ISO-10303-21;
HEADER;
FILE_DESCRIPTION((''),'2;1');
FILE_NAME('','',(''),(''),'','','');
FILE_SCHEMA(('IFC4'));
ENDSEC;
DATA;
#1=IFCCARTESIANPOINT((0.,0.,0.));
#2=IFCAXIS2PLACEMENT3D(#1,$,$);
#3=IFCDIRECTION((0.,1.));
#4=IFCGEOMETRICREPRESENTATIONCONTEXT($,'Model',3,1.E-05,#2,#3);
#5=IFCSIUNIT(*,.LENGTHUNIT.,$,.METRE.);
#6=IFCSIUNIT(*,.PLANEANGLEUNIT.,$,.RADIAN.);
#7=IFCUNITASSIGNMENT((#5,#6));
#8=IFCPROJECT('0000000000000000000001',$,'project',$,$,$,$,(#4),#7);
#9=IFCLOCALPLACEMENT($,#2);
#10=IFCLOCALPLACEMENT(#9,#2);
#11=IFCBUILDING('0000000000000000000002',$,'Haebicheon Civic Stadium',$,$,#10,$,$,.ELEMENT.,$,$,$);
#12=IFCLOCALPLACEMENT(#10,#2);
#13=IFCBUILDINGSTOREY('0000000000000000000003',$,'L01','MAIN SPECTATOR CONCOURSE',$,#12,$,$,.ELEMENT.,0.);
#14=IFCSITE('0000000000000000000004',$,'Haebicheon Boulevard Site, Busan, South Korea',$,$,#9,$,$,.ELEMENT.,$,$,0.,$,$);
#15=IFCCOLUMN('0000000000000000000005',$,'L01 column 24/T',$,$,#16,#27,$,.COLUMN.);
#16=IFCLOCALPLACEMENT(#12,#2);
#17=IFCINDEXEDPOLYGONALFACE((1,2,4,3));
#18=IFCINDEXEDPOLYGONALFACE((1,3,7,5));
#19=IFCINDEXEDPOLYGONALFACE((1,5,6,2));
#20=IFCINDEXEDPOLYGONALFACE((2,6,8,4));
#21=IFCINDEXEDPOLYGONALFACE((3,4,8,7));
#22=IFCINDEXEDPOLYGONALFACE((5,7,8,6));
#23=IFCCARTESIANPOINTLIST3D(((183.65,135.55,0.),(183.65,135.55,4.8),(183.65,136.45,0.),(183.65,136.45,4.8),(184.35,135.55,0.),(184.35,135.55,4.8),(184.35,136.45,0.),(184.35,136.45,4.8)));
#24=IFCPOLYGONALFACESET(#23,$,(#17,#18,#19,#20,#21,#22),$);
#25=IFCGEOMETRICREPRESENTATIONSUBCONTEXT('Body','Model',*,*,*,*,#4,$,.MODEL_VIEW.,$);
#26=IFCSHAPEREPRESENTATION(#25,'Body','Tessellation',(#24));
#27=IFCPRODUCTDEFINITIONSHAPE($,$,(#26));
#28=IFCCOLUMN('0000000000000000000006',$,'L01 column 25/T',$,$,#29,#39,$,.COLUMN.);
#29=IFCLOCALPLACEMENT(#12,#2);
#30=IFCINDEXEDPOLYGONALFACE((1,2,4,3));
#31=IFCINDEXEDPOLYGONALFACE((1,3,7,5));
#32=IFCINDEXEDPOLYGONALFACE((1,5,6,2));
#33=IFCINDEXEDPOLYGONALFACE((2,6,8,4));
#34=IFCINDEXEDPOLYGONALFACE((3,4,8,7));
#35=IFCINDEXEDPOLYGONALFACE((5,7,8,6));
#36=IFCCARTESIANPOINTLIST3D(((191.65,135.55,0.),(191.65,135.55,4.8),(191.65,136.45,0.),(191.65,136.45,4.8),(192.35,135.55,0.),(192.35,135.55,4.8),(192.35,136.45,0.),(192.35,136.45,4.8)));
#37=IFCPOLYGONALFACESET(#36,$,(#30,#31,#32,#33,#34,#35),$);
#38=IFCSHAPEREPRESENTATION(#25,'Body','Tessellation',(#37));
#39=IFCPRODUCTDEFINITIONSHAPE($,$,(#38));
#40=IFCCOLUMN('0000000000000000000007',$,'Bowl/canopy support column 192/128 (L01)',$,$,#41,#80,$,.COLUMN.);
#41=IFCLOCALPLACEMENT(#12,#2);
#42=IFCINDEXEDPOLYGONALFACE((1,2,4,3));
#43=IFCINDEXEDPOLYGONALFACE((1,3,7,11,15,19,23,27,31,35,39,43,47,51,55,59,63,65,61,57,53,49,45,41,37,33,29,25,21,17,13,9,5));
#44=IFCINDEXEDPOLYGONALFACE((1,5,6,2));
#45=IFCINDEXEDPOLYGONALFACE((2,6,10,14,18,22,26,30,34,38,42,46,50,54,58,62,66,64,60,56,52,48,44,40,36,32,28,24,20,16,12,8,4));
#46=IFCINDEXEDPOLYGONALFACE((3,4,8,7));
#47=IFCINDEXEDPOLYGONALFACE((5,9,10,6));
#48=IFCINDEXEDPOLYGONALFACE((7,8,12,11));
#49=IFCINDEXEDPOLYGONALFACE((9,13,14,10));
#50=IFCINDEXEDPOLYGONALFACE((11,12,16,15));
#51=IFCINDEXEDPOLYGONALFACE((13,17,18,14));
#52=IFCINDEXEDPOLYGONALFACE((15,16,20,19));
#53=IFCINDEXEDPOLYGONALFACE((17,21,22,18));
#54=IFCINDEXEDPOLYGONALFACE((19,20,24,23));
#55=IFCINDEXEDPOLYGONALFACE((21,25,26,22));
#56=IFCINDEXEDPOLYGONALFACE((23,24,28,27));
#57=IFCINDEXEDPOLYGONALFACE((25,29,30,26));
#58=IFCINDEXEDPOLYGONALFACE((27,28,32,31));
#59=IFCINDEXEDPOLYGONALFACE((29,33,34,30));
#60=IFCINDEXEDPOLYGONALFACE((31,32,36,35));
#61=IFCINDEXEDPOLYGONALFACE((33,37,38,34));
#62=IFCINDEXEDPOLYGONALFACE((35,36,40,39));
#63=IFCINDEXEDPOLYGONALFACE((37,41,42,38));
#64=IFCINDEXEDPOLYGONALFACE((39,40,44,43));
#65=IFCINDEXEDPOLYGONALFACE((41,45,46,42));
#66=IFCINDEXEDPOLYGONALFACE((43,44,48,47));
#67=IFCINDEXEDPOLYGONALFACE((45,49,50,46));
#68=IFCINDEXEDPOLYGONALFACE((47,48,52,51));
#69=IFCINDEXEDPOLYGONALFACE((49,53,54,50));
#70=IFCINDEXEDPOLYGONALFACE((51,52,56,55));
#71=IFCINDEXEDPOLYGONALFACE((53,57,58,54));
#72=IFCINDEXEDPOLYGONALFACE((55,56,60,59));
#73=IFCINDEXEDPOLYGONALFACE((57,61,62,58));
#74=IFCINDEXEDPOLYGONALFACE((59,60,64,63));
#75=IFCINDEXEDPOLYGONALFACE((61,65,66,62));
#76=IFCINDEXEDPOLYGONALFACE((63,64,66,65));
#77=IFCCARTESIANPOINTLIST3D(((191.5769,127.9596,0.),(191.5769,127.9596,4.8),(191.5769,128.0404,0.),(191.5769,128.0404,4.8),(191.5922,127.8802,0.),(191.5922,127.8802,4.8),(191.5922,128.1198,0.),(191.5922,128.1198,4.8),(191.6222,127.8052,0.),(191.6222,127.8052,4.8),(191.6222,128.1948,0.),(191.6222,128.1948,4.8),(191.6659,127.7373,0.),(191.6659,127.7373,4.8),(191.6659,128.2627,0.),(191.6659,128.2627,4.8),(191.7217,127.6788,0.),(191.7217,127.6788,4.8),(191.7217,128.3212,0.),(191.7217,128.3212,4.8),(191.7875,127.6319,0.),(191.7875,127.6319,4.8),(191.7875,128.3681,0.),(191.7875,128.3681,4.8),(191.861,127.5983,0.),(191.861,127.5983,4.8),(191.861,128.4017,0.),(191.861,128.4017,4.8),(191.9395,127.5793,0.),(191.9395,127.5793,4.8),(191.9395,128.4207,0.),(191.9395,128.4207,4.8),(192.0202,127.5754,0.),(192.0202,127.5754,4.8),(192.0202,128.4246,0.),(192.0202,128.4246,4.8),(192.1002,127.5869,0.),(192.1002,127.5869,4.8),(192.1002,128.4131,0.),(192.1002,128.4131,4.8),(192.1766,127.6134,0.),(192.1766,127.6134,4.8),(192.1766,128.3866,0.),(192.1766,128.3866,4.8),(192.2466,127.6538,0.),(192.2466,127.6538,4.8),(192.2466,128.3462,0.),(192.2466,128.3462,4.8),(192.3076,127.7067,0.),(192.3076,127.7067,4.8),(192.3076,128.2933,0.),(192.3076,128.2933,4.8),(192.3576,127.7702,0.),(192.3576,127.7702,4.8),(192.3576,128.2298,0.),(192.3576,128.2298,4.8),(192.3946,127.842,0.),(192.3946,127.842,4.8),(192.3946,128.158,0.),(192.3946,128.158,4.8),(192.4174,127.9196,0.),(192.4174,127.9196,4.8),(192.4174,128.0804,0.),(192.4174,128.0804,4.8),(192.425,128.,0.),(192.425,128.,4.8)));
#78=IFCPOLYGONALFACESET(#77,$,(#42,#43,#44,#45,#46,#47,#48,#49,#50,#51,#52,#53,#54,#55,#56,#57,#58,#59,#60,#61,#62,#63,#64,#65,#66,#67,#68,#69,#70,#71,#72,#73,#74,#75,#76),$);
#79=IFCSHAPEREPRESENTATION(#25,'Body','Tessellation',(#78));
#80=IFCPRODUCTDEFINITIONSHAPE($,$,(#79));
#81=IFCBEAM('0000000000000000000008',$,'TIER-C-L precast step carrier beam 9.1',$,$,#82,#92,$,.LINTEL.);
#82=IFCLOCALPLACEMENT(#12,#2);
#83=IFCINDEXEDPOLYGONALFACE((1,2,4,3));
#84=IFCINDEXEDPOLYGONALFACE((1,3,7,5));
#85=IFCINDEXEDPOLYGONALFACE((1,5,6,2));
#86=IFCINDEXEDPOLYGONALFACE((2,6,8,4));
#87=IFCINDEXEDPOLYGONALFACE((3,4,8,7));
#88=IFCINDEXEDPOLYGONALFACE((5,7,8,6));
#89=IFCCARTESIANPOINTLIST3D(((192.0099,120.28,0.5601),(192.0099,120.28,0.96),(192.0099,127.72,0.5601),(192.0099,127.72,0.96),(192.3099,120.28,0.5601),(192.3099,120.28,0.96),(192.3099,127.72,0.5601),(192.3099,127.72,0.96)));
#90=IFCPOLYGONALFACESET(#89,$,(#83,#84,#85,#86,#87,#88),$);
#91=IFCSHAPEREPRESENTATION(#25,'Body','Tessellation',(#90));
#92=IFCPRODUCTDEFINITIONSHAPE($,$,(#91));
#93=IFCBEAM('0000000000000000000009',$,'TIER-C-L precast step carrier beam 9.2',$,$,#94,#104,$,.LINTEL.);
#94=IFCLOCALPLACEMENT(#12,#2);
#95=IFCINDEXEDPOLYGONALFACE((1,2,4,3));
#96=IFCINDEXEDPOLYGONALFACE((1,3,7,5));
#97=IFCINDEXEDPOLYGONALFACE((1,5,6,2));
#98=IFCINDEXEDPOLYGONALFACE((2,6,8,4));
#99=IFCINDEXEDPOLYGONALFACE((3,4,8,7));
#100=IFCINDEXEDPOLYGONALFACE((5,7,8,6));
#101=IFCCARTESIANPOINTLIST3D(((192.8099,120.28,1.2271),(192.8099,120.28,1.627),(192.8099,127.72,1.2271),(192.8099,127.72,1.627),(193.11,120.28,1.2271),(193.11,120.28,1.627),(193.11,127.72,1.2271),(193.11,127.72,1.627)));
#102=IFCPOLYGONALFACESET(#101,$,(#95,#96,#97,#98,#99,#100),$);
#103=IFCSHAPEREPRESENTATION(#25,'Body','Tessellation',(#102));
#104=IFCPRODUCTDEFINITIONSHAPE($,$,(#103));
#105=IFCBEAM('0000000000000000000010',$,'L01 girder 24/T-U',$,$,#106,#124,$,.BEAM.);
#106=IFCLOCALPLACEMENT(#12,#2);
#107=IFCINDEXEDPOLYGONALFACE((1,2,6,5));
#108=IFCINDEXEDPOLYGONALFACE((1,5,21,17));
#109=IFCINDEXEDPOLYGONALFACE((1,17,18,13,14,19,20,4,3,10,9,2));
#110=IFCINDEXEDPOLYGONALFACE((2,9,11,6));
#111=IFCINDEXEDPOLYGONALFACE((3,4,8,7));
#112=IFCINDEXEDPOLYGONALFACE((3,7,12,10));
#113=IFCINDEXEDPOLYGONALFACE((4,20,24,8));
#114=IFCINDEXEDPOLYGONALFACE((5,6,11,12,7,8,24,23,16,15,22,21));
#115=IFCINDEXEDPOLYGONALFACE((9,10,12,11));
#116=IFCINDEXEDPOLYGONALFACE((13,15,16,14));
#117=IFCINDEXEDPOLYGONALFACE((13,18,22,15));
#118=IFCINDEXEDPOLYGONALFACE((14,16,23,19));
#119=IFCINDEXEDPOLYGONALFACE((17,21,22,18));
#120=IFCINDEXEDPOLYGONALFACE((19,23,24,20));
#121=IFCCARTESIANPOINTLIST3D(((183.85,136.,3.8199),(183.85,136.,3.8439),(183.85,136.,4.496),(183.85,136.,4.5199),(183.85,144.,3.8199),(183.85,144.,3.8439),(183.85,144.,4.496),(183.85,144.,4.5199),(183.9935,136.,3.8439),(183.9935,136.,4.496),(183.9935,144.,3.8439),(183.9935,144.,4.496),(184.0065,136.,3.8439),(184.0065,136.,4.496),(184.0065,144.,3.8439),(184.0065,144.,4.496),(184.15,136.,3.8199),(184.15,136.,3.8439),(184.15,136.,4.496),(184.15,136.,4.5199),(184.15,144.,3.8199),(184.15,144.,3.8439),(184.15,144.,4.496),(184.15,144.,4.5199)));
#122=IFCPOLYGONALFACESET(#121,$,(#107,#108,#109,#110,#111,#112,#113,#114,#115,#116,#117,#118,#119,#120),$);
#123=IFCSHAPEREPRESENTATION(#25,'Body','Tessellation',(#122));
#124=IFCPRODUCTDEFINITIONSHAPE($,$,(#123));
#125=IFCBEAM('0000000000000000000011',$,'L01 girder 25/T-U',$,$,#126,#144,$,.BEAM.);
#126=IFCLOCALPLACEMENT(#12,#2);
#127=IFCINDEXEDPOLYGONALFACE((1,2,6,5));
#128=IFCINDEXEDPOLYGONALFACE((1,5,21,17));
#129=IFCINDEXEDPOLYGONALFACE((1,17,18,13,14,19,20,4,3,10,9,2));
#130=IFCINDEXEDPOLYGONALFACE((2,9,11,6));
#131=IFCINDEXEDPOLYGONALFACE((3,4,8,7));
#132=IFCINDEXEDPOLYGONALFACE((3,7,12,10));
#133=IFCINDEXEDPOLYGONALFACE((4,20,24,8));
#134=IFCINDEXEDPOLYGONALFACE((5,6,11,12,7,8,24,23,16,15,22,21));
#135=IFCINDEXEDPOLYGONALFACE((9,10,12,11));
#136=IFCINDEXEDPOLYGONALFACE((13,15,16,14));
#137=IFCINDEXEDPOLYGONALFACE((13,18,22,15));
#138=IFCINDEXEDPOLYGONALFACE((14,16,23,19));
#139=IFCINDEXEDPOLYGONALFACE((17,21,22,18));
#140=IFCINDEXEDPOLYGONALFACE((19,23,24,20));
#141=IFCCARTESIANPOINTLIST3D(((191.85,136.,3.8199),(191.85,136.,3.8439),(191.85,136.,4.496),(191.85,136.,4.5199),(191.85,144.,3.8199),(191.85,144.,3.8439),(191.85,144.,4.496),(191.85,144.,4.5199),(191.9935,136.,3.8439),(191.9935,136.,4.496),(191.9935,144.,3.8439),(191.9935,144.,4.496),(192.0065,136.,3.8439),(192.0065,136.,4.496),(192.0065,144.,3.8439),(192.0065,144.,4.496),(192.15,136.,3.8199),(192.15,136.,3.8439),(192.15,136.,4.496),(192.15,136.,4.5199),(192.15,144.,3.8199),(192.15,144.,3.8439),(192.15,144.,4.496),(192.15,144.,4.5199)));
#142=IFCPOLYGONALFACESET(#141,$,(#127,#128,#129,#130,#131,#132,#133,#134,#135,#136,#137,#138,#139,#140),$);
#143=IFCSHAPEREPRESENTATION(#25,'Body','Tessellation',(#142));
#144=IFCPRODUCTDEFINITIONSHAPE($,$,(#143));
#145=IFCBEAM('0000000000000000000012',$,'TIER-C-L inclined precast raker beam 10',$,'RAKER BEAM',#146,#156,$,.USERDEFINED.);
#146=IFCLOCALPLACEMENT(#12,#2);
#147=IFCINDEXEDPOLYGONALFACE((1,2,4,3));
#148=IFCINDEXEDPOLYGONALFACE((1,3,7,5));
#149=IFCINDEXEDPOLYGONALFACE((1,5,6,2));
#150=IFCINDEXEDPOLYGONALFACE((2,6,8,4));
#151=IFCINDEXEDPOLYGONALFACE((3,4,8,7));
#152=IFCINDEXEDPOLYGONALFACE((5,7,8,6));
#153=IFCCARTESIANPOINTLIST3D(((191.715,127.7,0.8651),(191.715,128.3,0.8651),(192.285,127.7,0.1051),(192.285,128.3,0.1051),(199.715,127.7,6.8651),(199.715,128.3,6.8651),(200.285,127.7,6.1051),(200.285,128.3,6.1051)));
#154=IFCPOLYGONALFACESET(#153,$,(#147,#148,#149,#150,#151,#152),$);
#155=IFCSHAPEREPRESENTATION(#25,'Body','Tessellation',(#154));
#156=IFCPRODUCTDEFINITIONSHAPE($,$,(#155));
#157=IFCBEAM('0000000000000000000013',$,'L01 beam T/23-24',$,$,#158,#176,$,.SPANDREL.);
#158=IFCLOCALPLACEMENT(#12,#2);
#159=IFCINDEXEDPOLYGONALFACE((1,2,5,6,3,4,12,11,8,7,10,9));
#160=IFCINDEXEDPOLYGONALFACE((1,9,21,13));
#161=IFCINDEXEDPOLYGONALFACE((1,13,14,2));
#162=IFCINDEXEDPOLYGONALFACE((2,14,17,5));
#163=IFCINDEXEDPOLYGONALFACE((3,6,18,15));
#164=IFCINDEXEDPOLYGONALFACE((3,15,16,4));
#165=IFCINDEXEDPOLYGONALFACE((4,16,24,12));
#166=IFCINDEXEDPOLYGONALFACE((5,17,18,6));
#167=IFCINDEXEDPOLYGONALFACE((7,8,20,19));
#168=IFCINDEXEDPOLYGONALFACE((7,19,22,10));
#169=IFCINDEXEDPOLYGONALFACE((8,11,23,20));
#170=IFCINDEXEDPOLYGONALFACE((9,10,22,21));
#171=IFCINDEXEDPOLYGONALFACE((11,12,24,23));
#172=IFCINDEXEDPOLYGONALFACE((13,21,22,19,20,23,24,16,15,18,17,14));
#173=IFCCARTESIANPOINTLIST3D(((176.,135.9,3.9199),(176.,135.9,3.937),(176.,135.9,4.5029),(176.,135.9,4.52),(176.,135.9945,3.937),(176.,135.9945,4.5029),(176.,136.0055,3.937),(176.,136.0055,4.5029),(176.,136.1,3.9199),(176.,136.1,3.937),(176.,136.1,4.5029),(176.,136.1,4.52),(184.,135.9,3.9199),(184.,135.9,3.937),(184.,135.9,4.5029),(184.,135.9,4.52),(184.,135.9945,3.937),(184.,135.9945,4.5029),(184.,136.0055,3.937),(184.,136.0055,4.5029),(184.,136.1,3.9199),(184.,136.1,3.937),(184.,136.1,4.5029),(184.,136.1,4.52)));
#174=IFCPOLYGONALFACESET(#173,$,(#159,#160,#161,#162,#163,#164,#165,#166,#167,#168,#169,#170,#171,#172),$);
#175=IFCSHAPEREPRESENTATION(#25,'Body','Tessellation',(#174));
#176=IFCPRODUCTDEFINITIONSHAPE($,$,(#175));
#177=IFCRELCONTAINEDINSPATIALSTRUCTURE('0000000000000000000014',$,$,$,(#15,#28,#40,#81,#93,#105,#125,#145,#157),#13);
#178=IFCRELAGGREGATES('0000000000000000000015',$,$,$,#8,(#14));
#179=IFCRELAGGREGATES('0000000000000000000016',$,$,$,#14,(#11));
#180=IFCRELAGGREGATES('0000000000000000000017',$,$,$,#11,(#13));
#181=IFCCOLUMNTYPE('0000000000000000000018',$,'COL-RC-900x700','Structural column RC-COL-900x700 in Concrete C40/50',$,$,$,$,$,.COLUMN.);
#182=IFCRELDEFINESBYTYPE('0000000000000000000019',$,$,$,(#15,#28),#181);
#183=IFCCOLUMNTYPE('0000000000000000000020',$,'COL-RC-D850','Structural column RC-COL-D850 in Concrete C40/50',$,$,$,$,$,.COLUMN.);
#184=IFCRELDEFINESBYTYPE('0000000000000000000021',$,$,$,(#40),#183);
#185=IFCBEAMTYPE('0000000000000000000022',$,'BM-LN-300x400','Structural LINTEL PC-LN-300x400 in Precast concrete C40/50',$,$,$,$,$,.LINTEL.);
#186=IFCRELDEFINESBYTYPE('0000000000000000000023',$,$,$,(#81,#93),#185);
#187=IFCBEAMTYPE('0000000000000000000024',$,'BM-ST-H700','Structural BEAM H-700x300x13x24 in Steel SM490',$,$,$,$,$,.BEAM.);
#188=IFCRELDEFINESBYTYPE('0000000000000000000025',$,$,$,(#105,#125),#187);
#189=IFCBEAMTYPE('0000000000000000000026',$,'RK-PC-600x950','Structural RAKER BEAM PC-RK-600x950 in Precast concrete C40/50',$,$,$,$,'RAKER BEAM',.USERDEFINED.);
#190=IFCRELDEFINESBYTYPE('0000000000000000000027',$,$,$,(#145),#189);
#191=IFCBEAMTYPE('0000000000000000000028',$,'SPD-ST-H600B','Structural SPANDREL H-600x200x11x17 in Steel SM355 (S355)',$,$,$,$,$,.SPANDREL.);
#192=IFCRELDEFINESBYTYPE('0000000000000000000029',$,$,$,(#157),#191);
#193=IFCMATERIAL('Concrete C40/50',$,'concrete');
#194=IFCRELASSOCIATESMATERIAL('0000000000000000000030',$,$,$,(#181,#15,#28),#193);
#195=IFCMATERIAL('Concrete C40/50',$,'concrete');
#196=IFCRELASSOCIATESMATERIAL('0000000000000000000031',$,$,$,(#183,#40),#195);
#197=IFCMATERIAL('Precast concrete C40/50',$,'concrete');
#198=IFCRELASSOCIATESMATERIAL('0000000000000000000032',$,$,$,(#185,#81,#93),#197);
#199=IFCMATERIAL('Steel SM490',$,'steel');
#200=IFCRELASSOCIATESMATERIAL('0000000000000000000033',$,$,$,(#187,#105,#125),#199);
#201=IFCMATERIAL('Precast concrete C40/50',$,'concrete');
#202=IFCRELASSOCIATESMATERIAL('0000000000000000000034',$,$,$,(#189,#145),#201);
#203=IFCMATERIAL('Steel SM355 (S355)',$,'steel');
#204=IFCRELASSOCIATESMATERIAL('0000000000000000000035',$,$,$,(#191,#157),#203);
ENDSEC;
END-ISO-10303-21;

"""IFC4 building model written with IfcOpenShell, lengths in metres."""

from ifc_helpers import new_model, si_unit, direction, frame, origin, origin_2d, place, context, subcontext, project, spatial, rectangle, circle, i_section, extrude, material, material_profile, profile_set, type_object, element, save


model = new_model("IFC4")

# Units and contexts
model_context = context("Model", 3, precision=1e-05, world=origin(), true_north=direction((0.0, 1.0)))
body_context = subcontext(model_context, "Body", "Model", "MODEL_VIEW")
ifc_project = project(units=[si_unit("LENGTHUNIT", "METRE"), si_unit("PLANEANGLEUNIT", "RADIAN")], contexts=[model_context])

# Site, building, storey
site_placement = place(None, origin())
site = spatial("IfcSite", under=ifc_project, at=site_placement, Name="Haebicheon Boulevard Site, Busan, South Korea", CompositionType="ELEMENT", RefElevation=0.0)
building_placement = place(site_placement, origin())
building = spatial("IfcBuilding", under=site, at=building_placement, Name="Haebicheon Civic Stadium", CompositionType="ELEMENT")
storey_placement = place(building_placement, origin())
storey = spatial("IfcBuildingStorey", under=building, at=storey_placement, Name="L01", Description="MAIN SPECTATOR CONCOURSE", CompositionType="ELEMENT", Elevation=0.0)

# Columns
ifc_material_1 = material(Name="Concrete C40/50", Category="concrete")
ifc_material_profile_1 = material_profile(ifc_material_1, rectangle(XDim=0.7, YDim=0.8999, at=origin_2d()), Name="RC-COL-900x700")
ifc_profile_set_1 = profile_set([ifc_material_profile_1], Name="Concrete C40/50")
column_type_1 = type_object("IfcColumnType", Name="COL-RC-900x700", Description="Structural column RC-COL-900x700 in Concrete C40/50", PredefinedType="COLUMN", material=ifc_profile_set_1)
for number, where, z_axis, x_axis, name in (
    (1, (184.0, 136.0, 0.0), (0.0, 0.0, 1.0), (1.0, 0.0, 0.0), "L01 column 24/T"),
    (2, (192.0, 136.0, 0.0), (0.0, 0.0, 1.0), (1.0, 0.0, 0.0), "L01 column 25/T"),
):
    element("IfcColumn", number, at=place(storey_placement, frame(where, z_axis=z_axis, x_axis=x_axis)), inside=storey, type_object=column_type_1, material=ifc_profile_set_1, Name=name, PredefinedType="COLUMN", context=body_context, shape_type="SweptSolid", body=[
        extrude(rectangle(XDim=0.7, YDim=0.8999, at=origin_2d()), origin(), (0.0, 0.0, 1.0), 4.8),
    ])
ifc_material_2 = material(Name="Concrete C40/50", Category="concrete")
ifc_material_profile_2 = material_profile(ifc_material_2, circle(Radius=0.425, at=origin_2d()), Name="RC-COL-D850")
ifc_profile_set_2 = profile_set([ifc_material_profile_2], Name="Concrete C40/50")
column_type_2 = type_object("IfcColumnType", Name="COL-RC-D850", Description="Structural column RC-COL-D850 in Concrete C40/50", PredefinedType="COLUMN", material=ifc_profile_set_2)
column_placement = place(storey_placement, frame((192.0, 128.0, 0.0), z_axis=(0.0, 0.0, 1.0), x_axis=(1.0, 0.0, 0.0)))
element("IfcColumn", 3, at=column_placement, inside=storey, type_object=column_type_2, material=ifc_profile_set_2, Name="Bowl/canopy support column 192/128 (L01)", PredefinedType="COLUMN", context=body_context, shape_type="SweptSolid", body=[
    extrude(circle(Radius=0.425, at=origin_2d()), origin(), (0.0, 0.0, 1.0), 4.8),
])

# Beams
ifc_material_3 = material(Name="Precast concrete C40/50", Category="concrete")
ifc_material_profile_3 = material_profile(ifc_material_3, rectangle(XDim=0.3, YDim=0.3999, at=origin_2d()), Name="PC-LN-300x400")
ifc_profile_set_3 = profile_set([ifc_material_profile_3], Name="Precast concrete C40/50")
beam_type_1 = type_object("IfcBeamType", Name="BM-LN-300x400", Description="Structural LINTEL PC-LN-300x400 in Precast concrete C40/50", PredefinedType="LINTEL", material=ifc_profile_set_3)
for number, where, z_axis, x_axis, name in (
    (4, (192.1599, 120.28, 0.76), (0.0, 1.0, 0.0), (-1.0, 0.0, 0.0), "TIER-C-L precast step carrier beam 9.1"),
    (5, (192.96, 120.28, 1.427), (0.0, 1.0, 0.0), (-1.0, 0.0, 0.0), "TIER-C-L precast step carrier beam 9.2"),
):
    element("IfcBeam", number, at=place(storey_placement, frame(where, z_axis=z_axis, x_axis=x_axis)), inside=storey, type_object=beam_type_1, material=ifc_profile_set_3, Name=name, PredefinedType="LINTEL", context=body_context, shape_type="SweptSolid", body=[
        extrude(rectangle(XDim=0.3, YDim=0.3999, at=origin_2d()), origin(), (0.0, 0.0, 1.0), 7.4399),
    ])
ifc_material_4 = material(Name="Steel SM490", Category="steel")
ifc_material_profile_4 = material_profile(ifc_material_4, i_section(OverallWidth=0.3, OverallDepth=0.7, WebThickness=0.0129, FlangeThickness=0.0239, at=origin_2d()), Name="H-700x300x13x24")
ifc_profile_set_4 = profile_set([ifc_material_profile_4], Name="Steel SM490")
beam_type_2 = type_object("IfcBeamType", Name="BM-ST-H700", Description="Structural BEAM H-700x300x13x24 in Steel SM490", PredefinedType="BEAM", material=ifc_profile_set_4)
for number, where, z_axis, x_axis, name in (
    (6, (184.0, 136.0, 4.1699), (0.0, 1.0, 0.0), (-1.0, 0.0, 0.0), "L01 girder 24/T-U"),
    (7, (192.0, 136.0, 4.1699), (0.0, 1.0, 0.0), (-1.0, 0.0, 0.0), "L01 girder 25/T-U"),
):
    element("IfcBeam", number, at=place(storey_placement, frame(where, z_axis=z_axis, x_axis=x_axis)), inside=storey, type_object=beam_type_2, material=ifc_profile_set_4, Name=name, PredefinedType="BEAM", context=body_context, shape_type="SweptSolid", body=[
        extrude(i_section(OverallWidth=0.3, OverallDepth=0.7, WebThickness=0.0129, FlangeThickness=0.0239, at=origin_2d()), origin(), (0.0, 0.0, 1.0), 8.0),
    ])
ifc_material_5 = material(Name="Precast concrete C40/50", Category="concrete")
ifc_material_profile_5 = material_profile(ifc_material_5, rectangle(XDim=0.6001, YDim=0.95, at=origin_2d()), Name="PC-RK-600x950")
ifc_profile_set_5 = profile_set([ifc_material_profile_5], Name="Precast concrete C40/50")
beam_type_3 = type_object("IfcBeamType", Name="RK-PC-600x950", Description="Structural RAKER BEAM PC-RK-600x950 in Precast concrete C40/50", ElementType="RAKER BEAM", PredefinedType="USERDEFINED", material=ifc_profile_set_5)
beam_placement = place(storey_placement, frame((192.0, 128.0, 0.4851), z_axis=(0.8, 0.0, 0.6), x_axis=(0.0, 1.0, 0.0)))
element("IfcBeam", 8, at=beam_placement, inside=storey, type_object=beam_type_3, material=ifc_profile_set_5, Name="TIER-C-L inclined precast raker beam 10", ObjectType="RAKER BEAM", PredefinedType="USERDEFINED", context=body_context, shape_type="SweptSolid", body=[
    extrude(rectangle(XDim=0.6001, YDim=0.95, at=origin_2d()), origin(), (0.0, 0.0, 1.0), 10.0),
])
ifc_material_6 = material(Name="Steel SM355 (S355)", Category="steel")
ifc_material_profile_6 = material_profile(ifc_material_6, i_section(OverallWidth=0.2, OverallDepth=0.6001, WebThickness=0.011, FlangeThickness=0.0171, at=origin_2d()), Name="H-600x200x11x17")
ifc_profile_set_6 = profile_set([ifc_material_profile_6], Name="Steel SM355 (S355)")
beam_type_4 = type_object("IfcBeamType", Name="SPD-ST-H600B", Description="Structural SPANDREL H-600x200x11x17 in Steel SM355 (S355)", PredefinedType="SPANDREL", material=ifc_profile_set_6)
for number, where, z_axis, x_axis, name in (
    (9, (176.0, 136.0, 4.22), (1.0, 0.0, 0.0), (0.0, 1.0, 0.0), "L01 beam T/23-24"),
):
    element("IfcBeam", number, at=place(storey_placement, frame(where, z_axis=z_axis, x_axis=x_axis)), inside=storey, type_object=beam_type_4, material=ifc_profile_set_6, Name=name, PredefinedType="SPANDREL", context=body_context, shape_type="SweptSolid", body=[
        extrude(i_section(OverallWidth=0.2, OverallDepth=0.6001, WebThickness=0.011, FlangeThickness=0.0171, at=origin_2d()), origin(), (0.0, 0.0, 1.0), 8.0),
    ])

save(model, "model.ifc")
